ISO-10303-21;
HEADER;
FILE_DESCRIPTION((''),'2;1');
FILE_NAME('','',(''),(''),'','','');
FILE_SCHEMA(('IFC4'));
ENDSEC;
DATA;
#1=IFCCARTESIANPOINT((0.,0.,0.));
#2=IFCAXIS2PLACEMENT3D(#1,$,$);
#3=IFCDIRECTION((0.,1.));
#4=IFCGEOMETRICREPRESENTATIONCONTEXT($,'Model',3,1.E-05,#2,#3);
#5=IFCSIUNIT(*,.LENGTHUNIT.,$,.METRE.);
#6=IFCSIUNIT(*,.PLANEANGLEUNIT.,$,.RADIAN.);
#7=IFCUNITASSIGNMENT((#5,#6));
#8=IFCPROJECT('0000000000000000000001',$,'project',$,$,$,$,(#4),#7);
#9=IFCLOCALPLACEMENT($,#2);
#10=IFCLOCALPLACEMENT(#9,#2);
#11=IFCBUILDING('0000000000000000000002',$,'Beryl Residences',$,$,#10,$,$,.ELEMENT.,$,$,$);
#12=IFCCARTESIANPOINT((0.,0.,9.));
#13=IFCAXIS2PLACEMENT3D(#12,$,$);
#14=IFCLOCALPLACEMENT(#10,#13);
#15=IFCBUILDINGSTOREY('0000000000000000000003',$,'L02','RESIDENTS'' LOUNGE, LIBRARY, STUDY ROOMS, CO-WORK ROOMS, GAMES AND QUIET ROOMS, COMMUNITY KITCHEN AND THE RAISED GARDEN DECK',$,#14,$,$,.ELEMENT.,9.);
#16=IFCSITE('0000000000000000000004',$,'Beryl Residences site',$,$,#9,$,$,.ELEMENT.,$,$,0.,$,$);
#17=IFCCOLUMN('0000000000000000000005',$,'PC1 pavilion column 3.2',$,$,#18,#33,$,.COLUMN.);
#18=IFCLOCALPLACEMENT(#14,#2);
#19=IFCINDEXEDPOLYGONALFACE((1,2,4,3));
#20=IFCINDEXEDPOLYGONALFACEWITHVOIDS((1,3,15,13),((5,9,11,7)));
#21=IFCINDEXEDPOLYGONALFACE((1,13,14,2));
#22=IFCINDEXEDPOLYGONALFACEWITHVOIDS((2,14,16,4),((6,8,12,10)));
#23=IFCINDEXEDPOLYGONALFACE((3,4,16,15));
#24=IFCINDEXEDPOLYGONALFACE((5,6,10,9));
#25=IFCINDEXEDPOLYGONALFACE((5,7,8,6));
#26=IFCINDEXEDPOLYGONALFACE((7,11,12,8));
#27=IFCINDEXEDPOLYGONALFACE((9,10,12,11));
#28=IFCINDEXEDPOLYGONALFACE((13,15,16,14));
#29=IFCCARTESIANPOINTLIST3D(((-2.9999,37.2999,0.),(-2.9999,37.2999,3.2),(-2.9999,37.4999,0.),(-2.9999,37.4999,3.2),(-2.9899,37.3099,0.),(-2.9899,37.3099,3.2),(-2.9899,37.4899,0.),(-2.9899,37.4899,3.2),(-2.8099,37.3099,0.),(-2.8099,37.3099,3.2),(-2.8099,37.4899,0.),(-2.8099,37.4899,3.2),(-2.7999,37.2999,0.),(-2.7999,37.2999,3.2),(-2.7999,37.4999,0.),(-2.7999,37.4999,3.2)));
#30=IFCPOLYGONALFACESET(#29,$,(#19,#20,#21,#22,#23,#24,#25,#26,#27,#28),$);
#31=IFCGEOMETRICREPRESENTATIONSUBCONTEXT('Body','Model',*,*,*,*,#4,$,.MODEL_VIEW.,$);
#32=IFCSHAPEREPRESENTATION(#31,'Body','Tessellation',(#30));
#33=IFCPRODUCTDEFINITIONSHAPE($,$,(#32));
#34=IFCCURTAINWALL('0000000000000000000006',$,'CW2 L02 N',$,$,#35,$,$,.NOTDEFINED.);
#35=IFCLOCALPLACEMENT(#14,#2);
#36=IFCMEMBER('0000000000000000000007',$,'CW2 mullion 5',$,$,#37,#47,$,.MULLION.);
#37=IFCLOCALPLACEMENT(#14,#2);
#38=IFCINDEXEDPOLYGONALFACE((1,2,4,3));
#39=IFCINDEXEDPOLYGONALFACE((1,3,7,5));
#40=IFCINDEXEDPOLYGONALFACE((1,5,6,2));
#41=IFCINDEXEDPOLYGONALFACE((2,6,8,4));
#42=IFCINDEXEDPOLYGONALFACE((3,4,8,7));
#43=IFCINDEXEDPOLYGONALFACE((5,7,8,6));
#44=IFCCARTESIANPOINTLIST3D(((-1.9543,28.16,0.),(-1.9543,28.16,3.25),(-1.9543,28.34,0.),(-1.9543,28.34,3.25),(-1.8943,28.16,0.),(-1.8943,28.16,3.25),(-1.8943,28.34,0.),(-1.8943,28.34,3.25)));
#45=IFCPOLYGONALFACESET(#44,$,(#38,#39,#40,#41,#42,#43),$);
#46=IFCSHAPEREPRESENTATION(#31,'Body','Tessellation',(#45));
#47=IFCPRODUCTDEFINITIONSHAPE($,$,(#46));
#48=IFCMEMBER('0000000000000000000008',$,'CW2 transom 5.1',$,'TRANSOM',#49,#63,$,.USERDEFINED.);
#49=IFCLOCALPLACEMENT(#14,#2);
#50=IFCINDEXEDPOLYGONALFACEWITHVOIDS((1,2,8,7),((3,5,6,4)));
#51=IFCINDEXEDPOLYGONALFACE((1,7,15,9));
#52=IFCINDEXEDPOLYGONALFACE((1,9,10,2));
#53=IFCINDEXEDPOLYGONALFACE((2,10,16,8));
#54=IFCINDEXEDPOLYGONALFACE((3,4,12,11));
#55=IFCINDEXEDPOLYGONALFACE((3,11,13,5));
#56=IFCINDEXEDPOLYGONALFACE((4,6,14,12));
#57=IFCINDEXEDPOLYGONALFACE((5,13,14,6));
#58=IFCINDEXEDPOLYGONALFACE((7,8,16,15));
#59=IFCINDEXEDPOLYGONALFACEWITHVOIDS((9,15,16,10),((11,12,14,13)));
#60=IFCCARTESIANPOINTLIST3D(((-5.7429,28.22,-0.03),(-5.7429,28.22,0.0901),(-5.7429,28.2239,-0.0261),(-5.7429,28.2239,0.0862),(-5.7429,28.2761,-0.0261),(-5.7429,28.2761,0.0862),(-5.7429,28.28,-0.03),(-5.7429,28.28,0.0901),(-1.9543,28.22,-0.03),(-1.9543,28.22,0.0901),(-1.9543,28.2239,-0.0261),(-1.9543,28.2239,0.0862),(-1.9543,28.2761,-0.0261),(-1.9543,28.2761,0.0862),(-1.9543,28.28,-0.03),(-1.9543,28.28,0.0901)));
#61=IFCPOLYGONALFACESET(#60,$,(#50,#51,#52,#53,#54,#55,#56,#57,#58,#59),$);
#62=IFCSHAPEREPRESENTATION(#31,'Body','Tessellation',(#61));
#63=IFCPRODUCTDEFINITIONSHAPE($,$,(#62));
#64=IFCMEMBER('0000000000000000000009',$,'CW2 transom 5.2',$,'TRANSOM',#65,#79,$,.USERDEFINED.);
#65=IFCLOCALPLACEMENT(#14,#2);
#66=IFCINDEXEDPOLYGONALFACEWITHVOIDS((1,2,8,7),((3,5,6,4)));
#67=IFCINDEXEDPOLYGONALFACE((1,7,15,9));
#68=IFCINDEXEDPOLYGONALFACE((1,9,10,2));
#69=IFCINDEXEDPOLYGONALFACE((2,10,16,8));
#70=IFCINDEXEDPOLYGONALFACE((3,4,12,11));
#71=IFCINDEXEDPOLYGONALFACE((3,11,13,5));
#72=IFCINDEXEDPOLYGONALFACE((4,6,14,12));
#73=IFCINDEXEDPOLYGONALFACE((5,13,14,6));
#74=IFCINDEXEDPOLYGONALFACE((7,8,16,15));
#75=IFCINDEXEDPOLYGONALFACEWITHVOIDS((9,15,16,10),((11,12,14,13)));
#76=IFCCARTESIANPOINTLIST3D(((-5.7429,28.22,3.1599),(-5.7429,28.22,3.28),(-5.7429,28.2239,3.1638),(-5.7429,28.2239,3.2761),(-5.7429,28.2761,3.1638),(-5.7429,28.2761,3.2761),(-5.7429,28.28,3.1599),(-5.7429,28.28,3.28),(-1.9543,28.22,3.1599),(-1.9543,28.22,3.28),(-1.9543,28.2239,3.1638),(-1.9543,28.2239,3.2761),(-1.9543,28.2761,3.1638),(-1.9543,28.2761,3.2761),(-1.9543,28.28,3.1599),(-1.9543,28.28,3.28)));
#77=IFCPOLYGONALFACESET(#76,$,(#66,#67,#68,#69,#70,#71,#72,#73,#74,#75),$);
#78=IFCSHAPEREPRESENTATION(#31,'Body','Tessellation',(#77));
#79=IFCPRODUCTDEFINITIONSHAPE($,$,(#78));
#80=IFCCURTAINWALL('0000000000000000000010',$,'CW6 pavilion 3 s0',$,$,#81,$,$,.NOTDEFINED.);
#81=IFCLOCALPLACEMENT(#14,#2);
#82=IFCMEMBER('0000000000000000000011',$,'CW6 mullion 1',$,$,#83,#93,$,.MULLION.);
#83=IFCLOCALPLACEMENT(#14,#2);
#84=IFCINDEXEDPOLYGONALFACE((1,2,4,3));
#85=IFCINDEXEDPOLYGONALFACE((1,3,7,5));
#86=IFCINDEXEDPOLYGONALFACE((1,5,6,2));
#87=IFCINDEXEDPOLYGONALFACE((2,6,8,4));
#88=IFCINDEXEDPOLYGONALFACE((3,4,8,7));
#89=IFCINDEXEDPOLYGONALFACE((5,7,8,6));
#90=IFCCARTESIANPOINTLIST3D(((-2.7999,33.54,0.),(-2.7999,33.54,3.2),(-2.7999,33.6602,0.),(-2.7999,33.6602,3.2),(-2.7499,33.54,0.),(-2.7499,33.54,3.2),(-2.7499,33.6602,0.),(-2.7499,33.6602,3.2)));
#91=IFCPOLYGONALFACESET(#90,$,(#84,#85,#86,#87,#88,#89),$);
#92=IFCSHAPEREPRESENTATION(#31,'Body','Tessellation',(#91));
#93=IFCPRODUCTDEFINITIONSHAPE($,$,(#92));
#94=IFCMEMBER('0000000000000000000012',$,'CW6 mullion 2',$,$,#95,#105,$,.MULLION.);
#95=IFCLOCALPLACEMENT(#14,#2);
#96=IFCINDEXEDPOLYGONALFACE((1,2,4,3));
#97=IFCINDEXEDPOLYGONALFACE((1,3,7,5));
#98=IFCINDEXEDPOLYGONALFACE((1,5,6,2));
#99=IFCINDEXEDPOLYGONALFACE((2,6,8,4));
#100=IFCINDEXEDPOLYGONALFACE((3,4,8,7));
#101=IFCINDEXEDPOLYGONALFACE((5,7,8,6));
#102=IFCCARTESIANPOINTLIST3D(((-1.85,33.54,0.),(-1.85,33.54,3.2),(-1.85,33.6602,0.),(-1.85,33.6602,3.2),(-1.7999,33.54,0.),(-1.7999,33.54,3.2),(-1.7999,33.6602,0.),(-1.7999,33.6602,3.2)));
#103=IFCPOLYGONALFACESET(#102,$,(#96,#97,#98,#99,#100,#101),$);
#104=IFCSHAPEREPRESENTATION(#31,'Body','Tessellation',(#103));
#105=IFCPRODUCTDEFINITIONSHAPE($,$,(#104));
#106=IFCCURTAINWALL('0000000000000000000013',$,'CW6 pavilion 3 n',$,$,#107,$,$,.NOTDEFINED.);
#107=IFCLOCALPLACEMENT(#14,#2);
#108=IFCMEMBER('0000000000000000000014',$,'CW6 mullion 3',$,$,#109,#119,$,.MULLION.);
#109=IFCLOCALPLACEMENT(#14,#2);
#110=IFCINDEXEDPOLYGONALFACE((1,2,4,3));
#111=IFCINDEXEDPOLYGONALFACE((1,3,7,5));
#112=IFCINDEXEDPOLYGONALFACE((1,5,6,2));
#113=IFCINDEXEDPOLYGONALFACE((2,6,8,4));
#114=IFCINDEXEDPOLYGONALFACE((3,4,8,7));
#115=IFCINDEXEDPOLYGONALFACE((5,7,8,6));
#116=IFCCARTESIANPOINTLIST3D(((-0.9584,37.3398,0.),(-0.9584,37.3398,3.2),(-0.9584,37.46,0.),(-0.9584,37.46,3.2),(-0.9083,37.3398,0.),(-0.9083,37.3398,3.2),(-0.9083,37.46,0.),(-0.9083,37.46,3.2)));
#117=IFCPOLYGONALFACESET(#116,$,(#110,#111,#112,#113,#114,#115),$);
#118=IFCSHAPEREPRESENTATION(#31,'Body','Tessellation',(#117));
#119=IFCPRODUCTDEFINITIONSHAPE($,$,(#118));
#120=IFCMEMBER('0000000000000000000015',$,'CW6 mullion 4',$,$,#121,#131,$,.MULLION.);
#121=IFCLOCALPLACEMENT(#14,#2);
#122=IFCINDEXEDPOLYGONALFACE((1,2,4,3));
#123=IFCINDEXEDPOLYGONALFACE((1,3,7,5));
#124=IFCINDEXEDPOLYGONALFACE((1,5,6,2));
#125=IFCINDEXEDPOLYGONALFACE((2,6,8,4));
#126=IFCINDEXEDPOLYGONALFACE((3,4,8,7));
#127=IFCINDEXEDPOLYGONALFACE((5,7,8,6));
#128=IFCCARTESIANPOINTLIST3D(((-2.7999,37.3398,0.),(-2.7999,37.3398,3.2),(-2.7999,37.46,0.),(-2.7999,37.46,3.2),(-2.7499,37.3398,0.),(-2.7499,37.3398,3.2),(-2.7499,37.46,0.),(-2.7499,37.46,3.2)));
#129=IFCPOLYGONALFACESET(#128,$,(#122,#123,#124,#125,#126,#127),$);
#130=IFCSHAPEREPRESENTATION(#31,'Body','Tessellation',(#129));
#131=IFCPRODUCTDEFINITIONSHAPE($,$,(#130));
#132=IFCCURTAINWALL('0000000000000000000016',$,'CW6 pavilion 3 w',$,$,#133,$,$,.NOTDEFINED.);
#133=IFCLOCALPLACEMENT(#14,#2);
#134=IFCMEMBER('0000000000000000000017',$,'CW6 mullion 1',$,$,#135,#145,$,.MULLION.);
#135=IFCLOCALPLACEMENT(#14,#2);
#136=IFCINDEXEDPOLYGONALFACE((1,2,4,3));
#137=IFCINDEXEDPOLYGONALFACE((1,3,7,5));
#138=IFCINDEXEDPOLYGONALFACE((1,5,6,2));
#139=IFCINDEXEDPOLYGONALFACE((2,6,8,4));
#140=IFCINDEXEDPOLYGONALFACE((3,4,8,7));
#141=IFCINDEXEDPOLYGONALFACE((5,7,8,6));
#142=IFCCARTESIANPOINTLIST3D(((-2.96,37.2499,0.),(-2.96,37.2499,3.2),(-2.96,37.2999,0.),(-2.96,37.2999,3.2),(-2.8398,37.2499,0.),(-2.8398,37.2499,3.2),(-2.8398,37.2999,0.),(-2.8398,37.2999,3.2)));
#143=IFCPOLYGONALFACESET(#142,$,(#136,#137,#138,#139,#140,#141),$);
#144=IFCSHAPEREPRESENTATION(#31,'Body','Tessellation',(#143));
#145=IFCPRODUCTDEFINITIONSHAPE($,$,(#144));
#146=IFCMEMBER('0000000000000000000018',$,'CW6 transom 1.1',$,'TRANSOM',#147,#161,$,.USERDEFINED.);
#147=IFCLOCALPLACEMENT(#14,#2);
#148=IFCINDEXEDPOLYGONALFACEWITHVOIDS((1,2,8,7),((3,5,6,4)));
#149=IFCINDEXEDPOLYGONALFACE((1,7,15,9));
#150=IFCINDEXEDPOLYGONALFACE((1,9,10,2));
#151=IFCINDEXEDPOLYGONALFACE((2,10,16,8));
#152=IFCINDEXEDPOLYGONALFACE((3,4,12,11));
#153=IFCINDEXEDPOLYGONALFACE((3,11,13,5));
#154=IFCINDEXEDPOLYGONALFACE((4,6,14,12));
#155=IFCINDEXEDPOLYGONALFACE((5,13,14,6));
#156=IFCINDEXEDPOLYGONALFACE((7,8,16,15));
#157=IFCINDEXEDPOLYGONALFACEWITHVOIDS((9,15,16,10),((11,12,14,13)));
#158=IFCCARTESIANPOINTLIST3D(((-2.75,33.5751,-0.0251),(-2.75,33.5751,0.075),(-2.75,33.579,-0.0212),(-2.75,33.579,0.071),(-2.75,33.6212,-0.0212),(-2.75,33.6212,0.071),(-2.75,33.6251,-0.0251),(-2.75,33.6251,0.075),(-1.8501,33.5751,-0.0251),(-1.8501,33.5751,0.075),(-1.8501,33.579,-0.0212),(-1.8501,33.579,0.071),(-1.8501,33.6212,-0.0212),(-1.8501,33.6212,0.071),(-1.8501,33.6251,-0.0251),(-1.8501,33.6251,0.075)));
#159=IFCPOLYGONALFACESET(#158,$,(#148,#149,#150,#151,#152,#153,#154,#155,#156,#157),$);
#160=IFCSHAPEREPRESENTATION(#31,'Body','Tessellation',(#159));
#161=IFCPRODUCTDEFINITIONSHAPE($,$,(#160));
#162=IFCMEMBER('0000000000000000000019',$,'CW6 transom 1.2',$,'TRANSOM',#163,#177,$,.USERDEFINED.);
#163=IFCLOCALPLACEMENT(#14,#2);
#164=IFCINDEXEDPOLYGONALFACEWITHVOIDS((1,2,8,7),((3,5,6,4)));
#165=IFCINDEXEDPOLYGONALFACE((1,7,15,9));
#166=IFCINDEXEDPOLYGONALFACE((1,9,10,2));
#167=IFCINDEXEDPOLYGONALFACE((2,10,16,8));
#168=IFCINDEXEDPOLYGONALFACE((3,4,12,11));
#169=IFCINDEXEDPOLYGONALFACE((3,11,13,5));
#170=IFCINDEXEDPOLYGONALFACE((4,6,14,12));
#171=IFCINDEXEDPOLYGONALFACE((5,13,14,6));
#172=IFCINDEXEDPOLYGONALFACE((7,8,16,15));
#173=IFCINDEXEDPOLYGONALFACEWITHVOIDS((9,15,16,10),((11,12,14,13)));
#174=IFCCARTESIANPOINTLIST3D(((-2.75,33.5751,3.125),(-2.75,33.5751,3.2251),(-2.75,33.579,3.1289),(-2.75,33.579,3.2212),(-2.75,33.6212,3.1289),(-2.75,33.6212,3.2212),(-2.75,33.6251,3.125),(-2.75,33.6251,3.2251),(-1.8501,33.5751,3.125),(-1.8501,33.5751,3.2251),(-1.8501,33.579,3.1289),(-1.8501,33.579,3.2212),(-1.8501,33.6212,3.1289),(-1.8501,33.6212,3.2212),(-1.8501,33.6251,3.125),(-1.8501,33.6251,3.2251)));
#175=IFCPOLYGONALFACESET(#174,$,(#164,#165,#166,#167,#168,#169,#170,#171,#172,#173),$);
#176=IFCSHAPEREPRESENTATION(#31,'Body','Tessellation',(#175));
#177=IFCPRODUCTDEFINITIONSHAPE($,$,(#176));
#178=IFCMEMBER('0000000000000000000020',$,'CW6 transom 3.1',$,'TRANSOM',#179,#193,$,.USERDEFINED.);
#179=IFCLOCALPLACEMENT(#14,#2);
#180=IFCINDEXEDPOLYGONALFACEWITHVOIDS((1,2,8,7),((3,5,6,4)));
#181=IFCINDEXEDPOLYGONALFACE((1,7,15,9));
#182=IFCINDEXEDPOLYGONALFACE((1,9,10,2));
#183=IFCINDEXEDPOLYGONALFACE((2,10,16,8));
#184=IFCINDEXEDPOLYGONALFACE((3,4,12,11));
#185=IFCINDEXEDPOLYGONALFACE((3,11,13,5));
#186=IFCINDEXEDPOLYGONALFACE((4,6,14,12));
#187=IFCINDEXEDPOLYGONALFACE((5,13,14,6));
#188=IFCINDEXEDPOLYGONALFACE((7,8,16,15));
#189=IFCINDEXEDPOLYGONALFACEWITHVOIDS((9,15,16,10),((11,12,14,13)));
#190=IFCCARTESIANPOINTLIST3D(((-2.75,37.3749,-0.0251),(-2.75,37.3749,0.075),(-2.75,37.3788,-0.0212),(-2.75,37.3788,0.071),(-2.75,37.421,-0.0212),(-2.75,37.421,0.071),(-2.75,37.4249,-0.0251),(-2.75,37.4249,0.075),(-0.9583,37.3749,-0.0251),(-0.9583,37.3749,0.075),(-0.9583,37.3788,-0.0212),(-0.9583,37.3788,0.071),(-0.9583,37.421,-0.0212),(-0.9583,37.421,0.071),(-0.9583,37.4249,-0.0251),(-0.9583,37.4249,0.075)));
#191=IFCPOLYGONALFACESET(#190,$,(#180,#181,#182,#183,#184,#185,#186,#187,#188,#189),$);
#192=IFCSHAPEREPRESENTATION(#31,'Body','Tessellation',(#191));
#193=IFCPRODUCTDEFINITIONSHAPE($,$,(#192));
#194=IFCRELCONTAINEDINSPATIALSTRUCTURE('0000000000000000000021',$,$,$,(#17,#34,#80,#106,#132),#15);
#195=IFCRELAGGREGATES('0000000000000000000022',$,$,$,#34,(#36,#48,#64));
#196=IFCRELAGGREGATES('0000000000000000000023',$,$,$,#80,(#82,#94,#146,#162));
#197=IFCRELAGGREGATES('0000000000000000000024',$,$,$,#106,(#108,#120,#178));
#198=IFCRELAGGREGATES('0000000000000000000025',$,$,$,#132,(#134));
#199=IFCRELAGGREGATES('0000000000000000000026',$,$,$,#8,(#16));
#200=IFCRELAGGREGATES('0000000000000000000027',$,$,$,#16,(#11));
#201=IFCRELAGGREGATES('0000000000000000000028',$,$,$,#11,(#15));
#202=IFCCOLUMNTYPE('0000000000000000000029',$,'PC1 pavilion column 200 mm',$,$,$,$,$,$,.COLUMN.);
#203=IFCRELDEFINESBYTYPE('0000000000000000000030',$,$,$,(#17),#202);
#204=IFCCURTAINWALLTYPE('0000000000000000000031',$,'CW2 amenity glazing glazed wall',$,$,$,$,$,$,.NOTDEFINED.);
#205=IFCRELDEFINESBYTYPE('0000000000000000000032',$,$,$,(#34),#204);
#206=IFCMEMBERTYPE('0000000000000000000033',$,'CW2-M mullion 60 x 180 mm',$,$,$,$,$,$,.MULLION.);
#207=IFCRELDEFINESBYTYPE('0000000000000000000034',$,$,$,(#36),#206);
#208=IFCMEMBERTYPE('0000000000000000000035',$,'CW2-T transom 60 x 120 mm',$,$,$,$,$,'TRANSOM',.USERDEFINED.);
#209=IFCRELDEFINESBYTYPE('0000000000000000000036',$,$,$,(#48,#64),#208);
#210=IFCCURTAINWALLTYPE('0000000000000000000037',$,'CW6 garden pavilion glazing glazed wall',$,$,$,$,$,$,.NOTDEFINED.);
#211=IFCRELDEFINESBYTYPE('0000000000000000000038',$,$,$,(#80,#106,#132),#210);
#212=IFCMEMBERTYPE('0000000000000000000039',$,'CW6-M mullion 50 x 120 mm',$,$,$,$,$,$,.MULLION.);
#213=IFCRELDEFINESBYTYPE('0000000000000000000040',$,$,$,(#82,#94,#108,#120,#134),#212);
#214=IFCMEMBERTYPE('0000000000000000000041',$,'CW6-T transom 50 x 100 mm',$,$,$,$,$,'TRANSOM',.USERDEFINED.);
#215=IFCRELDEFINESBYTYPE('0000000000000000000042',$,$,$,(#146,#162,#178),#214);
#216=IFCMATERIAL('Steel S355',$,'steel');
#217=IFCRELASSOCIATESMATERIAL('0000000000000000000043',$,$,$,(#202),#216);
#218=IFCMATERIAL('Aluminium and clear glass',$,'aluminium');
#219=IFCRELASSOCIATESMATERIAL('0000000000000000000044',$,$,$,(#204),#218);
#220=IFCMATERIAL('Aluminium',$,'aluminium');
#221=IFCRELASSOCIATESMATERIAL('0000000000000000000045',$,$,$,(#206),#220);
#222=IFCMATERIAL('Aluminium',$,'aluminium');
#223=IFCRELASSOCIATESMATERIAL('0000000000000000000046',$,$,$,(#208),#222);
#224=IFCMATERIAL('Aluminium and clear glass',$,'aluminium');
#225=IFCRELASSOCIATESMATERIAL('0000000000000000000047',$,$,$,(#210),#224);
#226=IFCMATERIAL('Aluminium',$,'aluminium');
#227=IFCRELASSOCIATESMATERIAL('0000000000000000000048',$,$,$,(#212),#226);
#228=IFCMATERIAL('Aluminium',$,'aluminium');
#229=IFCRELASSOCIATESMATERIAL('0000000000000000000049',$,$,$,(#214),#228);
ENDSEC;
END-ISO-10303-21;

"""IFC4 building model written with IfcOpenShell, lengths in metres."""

from ifc_helpers import new_model, si_unit, direction, frame, origin, origin_2d, place, context, subcontext, project, spatial, rectangle, hollow_rectangle, extrude, material, material_profile, profile_set, type_object, element, aggregate, save


model = new_model("IFC4")

# Units and contexts
model_context = context("Model", 3, precision=1e-05, world=origin(), true_north=direction((0.0, 1.0)))
body_context = subcontext(model_context, "Body", "Model", "MODEL_VIEW")
ifc_project = project(units=[si_unit("LENGTHUNIT", "METRE"), si_unit("PLANEANGLEUNIT", "RADIAN")], contexts=[model_context])

# Site, building, storey
site_placement = place(None, origin())
site = spatial("IfcSite", under=ifc_project, at=site_placement, Name="Beryl Residences site", CompositionType="ELEMENT", RefElevation=0.0)
building_placement = place(site_placement, origin())
building = spatial("IfcBuilding", under=site, at=building_placement, Name="Beryl Residences", CompositionType="ELEMENT")
storey_placement = place(building_placement, frame((0.0, 0.0, 9.0)))
storey = spatial("IfcBuildingStorey", under=building, at=storey_placement, Name="L02", Description="RESIDENTS' LOUNGE, LIBRARY, STUDY ROOMS, CO-WORK ROOMS, GAMES AND QUIET ROOMS, COMMUNITY KITCHEN AND THE RAISED GARDEN DECK", CompositionType="ELEMENT", Elevation=9.0)

# Column
ifc_material_1 = material(Name="Steel S355", Category="steel")
ifc_material_profile_1 = material_profile(ifc_material_1, hollow_rectangle(XDim=0.2, YDim=0.2, WallThickness=0.01, at=origin_2d()))
ifc_profile_set_1 = profile_set([ifc_material_profile_1], Name="Steel S355")
column_type = type_object("IfcColumnType", Name="PC1 pavilion column 200 mm", PredefinedType="COLUMN", material=ifc_profile_set_1)
column_placement = place(storey_placement, frame((-2.8999, 37.3999, 0.0), z_axis=(0.0, 0.0, 1.0), x_axis=(1.0, 0.0, 0.0)))
element("IfcColumn", 1, at=column_placement, inside=storey, type_object=column_type, Name="PC1 pavilion column 3.2", PredefinedType="COLUMN", context=body_context, shape_type="SweptSolid", body=[
    extrude(hollow_rectangle(XDim=0.2, YDim=0.2, WallThickness=0.01, at=origin_2d()), origin(), (0.0, 0.0, 1.0), 3.2),
])

# Curtain walls, members
ifc_material_2 = material(Name="Aluminium and clear glass", Category="aluminium")
curtain_wall_type_1 = type_object("IfcCurtainWallType", Name="CW2 amenity glazing glazed wall", PredefinedType="NOTDEFINED", material=ifc_material_2)
curtain_wall_1_placement = place(storey_placement, origin())
curtain_wall_1 = element("IfcCurtainWall", 2, at=curtain_wall_1_placement, inside=storey, type_object=curtain_wall_type_1, Name="CW2 L02 N", PredefinedType="NOTDEFINED")
ifc_material_3 = material(Name="Aluminium", Category="aluminium")
ifc_material_profile_2 = material_profile(ifc_material_3, rectangle(XDim=0.0601, YDim=0.1799, at=origin_2d()))
ifc_profile_set_2 = profile_set([ifc_material_profile_2], Name="Aluminium")
member_type_1 = type_object("IfcMemberType", Name="CW2-M mullion 60 x 180 mm", PredefinedType="MULLION", material=ifc_profile_set_2)
member_1_placement = place(storey_placement, frame((-1.9243, 28.25, 0.0), z_axis=(0.0, 0.0, 1.0), x_axis=(-1.0, 0.0, 0.0)))
member_1 = element("IfcMember", 3, at=member_1_placement, type_object=member_type_1, Name="CW2 mullion 5", PredefinedType="MULLION", context=body_context, shape_type="SweptSolid", body=[
    extrude(rectangle(XDim=0.0601, YDim=0.1799, at=origin_2d()), origin(), (0.0, 0.0, 1.0), 3.25),
])
ifc_material_4 = material(Name="Aluminium", Category="aluminium")
ifc_material_profile_3 = material_profile(ifc_material_4, hollow_rectangle(XDim=0.0601, YDim=0.1201, WallThickness=0.0039, at=origin_2d()))
ifc_profile_set_3 = profile_set([ifc_material_profile_3], Name="Aluminium")
member_type_2 = type_object("IfcMemberType", Name="CW2-T transom 60 x 120 mm", ElementType="TRANSOM", PredefinedType="USERDEFINED", material=ifc_profile_set_3)
member_2_placement = place(storey_placement, frame((-1.9543, 28.25, 0.03), z_axis=(-1.0, 0.0, 0.0), x_axis=(0.0, -1.0, 0.0)))
member_2 = element("IfcMember", 4, at=member_2_placement, type_object=member_type_2, Name="CW2 transom 5.1", ObjectType="TRANSOM", PredefinedType="USERDEFINED", context=body_context, shape_type="SweptSolid", body=[
    extrude(hollow_rectangle(XDim=0.0601, YDim=0.1201, WallThickness=0.0039, at=origin_2d()), origin(), (0.0, 0.0, 1.0), 3.7886),
])
member_3_placement = place(storey_placement, frame((-1.9543, 28.25, 3.22), z_axis=(-1.0, 0.0, 0.0), x_axis=(0.0, -1.0, 0.0)))
member_3 = element("IfcMember", 5, at=member_3_placement, type_object=member_type_2, Name="CW2 transom 5.2", ObjectType="TRANSOM", PredefinedType="USERDEFINED", context=body_context, shape_type="SweptSolid", body=[
    extrude(hollow_rectangle(XDim=0.0601, YDim=0.1201, WallThickness=0.0039, at=origin_2d()), origin(), (0.0, 0.0, 1.0), 3.7886),
])
ifc_material_5 = material(Name="Aluminium and clear glass", Category="aluminium")
curtain_wall_type_2 = type_object("IfcCurtainWallType", Name="CW6 garden pavilion glazing glazed wall", PredefinedType="NOTDEFINED", material=ifc_material_5)
curtain_wall_2_placement = place(storey_placement, origin())
curtain_wall_2 = element("IfcCurtainWall", 6, at=curtain_wall_2_placement, inside=storey, type_object=curtain_wall_type_2, Name="CW6 pavilion 3 s0", PredefinedType="NOTDEFINED")
ifc_material_6 = material(Name="Aluminium", Category="aluminium")
ifc_material_profile_4 = material_profile(ifc_material_6, rectangle(XDim=0.05, YDim=0.1201, at=origin_2d()))
ifc_profile_set_4 = profile_set([ifc_material_profile_4], Name="Aluminium")
member_type_3 = type_object("IfcMemberType", Name="CW6-M mullion 50 x 120 mm", PredefinedType="MULLION", material=ifc_profile_set_4)
member_4_placement = place(storey_placement, frame((-2.7749, 33.6001, 0.0), z_axis=(0.0, 0.0, 1.0), x_axis=(1.0, 0.0, 0.0)))
member_4 = element("IfcMember", 7, at=member_4_placement, type_object=member_type_3, Name="CW6 mullion 1", PredefinedType="MULLION", context=body_context, shape_type="SweptSolid", body=[
    extrude(rectangle(XDim=0.05, YDim=0.1201, at=origin_2d()), origin(), (0.0, 0.0, 1.0), 3.2),
])
member_5_placement = place(storey_placement, frame((-1.825, 33.6001, 0.0), z_axis=(0.0, 0.0, 1.0), x_axis=(1.0, 0.0, 0.0)))
member_5 = element("IfcMember", 8, at=member_5_placement, type_object=member_type_3, Name="CW6 mullion 2", PredefinedType="MULLION", context=body_context, shape_type="SweptSolid", body=[
    extrude(rectangle(XDim=0.05, YDim=0.1201, at=origin_2d()), origin(), (0.0, 0.0, 1.0), 3.2),
])
curtain_wall_3_placement = place(storey_placement, origin())
curtain_wall_3 = element("IfcCurtainWall", 9, at=curtain_wall_3_placement, inside=storey, type_object=curtain_wall_type_2, Name="CW6 pavilion 3 n", PredefinedType="NOTDEFINED")
member_6_placement = place(storey_placement, frame((-0.9333, 37.3999, 0.0), z_axis=(0.0, 0.0, 1.0), x_axis=(-1.0, 0.0, 0.0)))
member_6 = element("IfcMember", 10, at=member_6_placement, type_object=member_type_3, Name="CW6 mullion 3", PredefinedType="MULLION", context=body_context, shape_type="SweptSolid", body=[
    extrude(rectangle(XDim=0.05, YDim=0.1201, at=origin_2d()), origin(), (0.0, 0.0, 1.0), 3.2),
])
member_7_placement = place(storey_placement, frame((-2.7749, 37.3999, 0.0), z_axis=(0.0, 0.0, 1.0), x_axis=(-1.0, 0.0, 0.0)))
member_7 = element("IfcMember", 11, at=member_7_placement, type_object=member_type_3, Name="CW6 mullion 4", PredefinedType="MULLION", context=body_context, shape_type="SweptSolid", body=[
    extrude(rectangle(XDim=0.05, YDim=0.1201, at=origin_2d()), origin(), (0.0, 0.0, 1.0), 3.2),
])

# Curtain wall, member
curtain_wall_4_placement = place(storey_placement, origin())
curtain_wall_4 = element("IfcCurtainWall", 12, at=curtain_wall_4_placement, inside=storey, type_object=curtain_wall_type_2, Name="CW6 pavilion 3 w", PredefinedType="NOTDEFINED")
member_8_placement = place(storey_placement, frame((-2.8999, 37.2749, 0.0), z_axis=(0.0, 0.0, 1.0), x_axis=(0.0, -1.0, 0.0)))
member_8 = element("IfcMember", 13, at=member_8_placement, type_object=member_type_3, Name="CW6 mullion 1", PredefinedType="MULLION", context=body_context, shape_type="SweptSolid", body=[
    extrude(rectangle(XDim=0.05, YDim=0.1201, at=origin_2d()), origin(), (0.0, 0.0, 1.0), 3.2),
])

# Members
ifc_material_7 = material(Name="Aluminium", Category="aluminium")
ifc_material_profile_5 = material_profile(ifc_material_7, hollow_rectangle(XDim=0.05, YDim=0.1001, WallThickness=0.0039, at=origin_2d()))
ifc_profile_set_5 = profile_set([ifc_material_profile_5], Name="Aluminium")
member_type_4 = type_object("IfcMemberType", Name="CW6-T transom 50 x 100 mm", ElementType="TRANSOM", PredefinedType="USERDEFINED", material=ifc_profile_set_5)
member_9_placement = place(storey_placement, frame((-2.75, 33.6001, 0.0249), z_axis=(1.0, 0.0, 0.0), x_axis=(0.0, 1.0, 0.0)))
member_9 = element("IfcMember", 14, at=member_9_placement, type_object=member_type_4, Name="CW6 transom 1.1", ObjectType="TRANSOM", PredefinedType="USERDEFINED", context=body_context, shape_type="SweptSolid", body=[
    extrude(hollow_rectangle(XDim=0.05, YDim=0.1001, WallThickness=0.0039, at=origin_2d()), origin(), (0.0, 0.0, 1.0), 0.8999),
])
member_10_placement = place(storey_placement, frame((-2.75, 33.6001, 3.175), z_axis=(1.0, 0.0, 0.0), x_axis=(0.0, 1.0, 0.0)))
member_10 = element("IfcMember", 15, at=member_10_placement, type_object=member_type_4, Name="CW6 transom 1.2", ObjectType="TRANSOM", PredefinedType="USERDEFINED", context=body_context, shape_type="SweptSolid", body=[
    extrude(hollow_rectangle(XDim=0.05, YDim=0.1001, WallThickness=0.0039, at=origin_2d()), origin(), (0.0, 0.0, 1.0), 0.8999),
])
member_11_placement = place(storey_placement, frame((-0.9583, 37.3999, 0.0249), z_axis=(-1.0, 0.0, 0.0), x_axis=(0.0, -1.0, 0.0)))
member_11 = element("IfcMember", 16, at=member_11_placement, type_object=member_type_4, Name="CW6 transom 3.1", ObjectType="TRANSOM", PredefinedType="USERDEFINED", context=body_context, shape_type="SweptSolid", body=[
    extrude(hollow_rectangle(XDim=0.05, YDim=0.1001, WallThickness=0.0039, at=origin_2d()), origin(), (0.0, 0.0, 1.0), 1.7917),
])

aggregate(curtain_wall_1, [member_1, member_2, member_3])
aggregate(curtain_wall_2, [member_4, member_5, member_9, member_10])
aggregate(curtain_wall_3, [member_6, member_7, member_11])
aggregate(curtain_wall_4, [member_8])

save(model, "model.ifc")
